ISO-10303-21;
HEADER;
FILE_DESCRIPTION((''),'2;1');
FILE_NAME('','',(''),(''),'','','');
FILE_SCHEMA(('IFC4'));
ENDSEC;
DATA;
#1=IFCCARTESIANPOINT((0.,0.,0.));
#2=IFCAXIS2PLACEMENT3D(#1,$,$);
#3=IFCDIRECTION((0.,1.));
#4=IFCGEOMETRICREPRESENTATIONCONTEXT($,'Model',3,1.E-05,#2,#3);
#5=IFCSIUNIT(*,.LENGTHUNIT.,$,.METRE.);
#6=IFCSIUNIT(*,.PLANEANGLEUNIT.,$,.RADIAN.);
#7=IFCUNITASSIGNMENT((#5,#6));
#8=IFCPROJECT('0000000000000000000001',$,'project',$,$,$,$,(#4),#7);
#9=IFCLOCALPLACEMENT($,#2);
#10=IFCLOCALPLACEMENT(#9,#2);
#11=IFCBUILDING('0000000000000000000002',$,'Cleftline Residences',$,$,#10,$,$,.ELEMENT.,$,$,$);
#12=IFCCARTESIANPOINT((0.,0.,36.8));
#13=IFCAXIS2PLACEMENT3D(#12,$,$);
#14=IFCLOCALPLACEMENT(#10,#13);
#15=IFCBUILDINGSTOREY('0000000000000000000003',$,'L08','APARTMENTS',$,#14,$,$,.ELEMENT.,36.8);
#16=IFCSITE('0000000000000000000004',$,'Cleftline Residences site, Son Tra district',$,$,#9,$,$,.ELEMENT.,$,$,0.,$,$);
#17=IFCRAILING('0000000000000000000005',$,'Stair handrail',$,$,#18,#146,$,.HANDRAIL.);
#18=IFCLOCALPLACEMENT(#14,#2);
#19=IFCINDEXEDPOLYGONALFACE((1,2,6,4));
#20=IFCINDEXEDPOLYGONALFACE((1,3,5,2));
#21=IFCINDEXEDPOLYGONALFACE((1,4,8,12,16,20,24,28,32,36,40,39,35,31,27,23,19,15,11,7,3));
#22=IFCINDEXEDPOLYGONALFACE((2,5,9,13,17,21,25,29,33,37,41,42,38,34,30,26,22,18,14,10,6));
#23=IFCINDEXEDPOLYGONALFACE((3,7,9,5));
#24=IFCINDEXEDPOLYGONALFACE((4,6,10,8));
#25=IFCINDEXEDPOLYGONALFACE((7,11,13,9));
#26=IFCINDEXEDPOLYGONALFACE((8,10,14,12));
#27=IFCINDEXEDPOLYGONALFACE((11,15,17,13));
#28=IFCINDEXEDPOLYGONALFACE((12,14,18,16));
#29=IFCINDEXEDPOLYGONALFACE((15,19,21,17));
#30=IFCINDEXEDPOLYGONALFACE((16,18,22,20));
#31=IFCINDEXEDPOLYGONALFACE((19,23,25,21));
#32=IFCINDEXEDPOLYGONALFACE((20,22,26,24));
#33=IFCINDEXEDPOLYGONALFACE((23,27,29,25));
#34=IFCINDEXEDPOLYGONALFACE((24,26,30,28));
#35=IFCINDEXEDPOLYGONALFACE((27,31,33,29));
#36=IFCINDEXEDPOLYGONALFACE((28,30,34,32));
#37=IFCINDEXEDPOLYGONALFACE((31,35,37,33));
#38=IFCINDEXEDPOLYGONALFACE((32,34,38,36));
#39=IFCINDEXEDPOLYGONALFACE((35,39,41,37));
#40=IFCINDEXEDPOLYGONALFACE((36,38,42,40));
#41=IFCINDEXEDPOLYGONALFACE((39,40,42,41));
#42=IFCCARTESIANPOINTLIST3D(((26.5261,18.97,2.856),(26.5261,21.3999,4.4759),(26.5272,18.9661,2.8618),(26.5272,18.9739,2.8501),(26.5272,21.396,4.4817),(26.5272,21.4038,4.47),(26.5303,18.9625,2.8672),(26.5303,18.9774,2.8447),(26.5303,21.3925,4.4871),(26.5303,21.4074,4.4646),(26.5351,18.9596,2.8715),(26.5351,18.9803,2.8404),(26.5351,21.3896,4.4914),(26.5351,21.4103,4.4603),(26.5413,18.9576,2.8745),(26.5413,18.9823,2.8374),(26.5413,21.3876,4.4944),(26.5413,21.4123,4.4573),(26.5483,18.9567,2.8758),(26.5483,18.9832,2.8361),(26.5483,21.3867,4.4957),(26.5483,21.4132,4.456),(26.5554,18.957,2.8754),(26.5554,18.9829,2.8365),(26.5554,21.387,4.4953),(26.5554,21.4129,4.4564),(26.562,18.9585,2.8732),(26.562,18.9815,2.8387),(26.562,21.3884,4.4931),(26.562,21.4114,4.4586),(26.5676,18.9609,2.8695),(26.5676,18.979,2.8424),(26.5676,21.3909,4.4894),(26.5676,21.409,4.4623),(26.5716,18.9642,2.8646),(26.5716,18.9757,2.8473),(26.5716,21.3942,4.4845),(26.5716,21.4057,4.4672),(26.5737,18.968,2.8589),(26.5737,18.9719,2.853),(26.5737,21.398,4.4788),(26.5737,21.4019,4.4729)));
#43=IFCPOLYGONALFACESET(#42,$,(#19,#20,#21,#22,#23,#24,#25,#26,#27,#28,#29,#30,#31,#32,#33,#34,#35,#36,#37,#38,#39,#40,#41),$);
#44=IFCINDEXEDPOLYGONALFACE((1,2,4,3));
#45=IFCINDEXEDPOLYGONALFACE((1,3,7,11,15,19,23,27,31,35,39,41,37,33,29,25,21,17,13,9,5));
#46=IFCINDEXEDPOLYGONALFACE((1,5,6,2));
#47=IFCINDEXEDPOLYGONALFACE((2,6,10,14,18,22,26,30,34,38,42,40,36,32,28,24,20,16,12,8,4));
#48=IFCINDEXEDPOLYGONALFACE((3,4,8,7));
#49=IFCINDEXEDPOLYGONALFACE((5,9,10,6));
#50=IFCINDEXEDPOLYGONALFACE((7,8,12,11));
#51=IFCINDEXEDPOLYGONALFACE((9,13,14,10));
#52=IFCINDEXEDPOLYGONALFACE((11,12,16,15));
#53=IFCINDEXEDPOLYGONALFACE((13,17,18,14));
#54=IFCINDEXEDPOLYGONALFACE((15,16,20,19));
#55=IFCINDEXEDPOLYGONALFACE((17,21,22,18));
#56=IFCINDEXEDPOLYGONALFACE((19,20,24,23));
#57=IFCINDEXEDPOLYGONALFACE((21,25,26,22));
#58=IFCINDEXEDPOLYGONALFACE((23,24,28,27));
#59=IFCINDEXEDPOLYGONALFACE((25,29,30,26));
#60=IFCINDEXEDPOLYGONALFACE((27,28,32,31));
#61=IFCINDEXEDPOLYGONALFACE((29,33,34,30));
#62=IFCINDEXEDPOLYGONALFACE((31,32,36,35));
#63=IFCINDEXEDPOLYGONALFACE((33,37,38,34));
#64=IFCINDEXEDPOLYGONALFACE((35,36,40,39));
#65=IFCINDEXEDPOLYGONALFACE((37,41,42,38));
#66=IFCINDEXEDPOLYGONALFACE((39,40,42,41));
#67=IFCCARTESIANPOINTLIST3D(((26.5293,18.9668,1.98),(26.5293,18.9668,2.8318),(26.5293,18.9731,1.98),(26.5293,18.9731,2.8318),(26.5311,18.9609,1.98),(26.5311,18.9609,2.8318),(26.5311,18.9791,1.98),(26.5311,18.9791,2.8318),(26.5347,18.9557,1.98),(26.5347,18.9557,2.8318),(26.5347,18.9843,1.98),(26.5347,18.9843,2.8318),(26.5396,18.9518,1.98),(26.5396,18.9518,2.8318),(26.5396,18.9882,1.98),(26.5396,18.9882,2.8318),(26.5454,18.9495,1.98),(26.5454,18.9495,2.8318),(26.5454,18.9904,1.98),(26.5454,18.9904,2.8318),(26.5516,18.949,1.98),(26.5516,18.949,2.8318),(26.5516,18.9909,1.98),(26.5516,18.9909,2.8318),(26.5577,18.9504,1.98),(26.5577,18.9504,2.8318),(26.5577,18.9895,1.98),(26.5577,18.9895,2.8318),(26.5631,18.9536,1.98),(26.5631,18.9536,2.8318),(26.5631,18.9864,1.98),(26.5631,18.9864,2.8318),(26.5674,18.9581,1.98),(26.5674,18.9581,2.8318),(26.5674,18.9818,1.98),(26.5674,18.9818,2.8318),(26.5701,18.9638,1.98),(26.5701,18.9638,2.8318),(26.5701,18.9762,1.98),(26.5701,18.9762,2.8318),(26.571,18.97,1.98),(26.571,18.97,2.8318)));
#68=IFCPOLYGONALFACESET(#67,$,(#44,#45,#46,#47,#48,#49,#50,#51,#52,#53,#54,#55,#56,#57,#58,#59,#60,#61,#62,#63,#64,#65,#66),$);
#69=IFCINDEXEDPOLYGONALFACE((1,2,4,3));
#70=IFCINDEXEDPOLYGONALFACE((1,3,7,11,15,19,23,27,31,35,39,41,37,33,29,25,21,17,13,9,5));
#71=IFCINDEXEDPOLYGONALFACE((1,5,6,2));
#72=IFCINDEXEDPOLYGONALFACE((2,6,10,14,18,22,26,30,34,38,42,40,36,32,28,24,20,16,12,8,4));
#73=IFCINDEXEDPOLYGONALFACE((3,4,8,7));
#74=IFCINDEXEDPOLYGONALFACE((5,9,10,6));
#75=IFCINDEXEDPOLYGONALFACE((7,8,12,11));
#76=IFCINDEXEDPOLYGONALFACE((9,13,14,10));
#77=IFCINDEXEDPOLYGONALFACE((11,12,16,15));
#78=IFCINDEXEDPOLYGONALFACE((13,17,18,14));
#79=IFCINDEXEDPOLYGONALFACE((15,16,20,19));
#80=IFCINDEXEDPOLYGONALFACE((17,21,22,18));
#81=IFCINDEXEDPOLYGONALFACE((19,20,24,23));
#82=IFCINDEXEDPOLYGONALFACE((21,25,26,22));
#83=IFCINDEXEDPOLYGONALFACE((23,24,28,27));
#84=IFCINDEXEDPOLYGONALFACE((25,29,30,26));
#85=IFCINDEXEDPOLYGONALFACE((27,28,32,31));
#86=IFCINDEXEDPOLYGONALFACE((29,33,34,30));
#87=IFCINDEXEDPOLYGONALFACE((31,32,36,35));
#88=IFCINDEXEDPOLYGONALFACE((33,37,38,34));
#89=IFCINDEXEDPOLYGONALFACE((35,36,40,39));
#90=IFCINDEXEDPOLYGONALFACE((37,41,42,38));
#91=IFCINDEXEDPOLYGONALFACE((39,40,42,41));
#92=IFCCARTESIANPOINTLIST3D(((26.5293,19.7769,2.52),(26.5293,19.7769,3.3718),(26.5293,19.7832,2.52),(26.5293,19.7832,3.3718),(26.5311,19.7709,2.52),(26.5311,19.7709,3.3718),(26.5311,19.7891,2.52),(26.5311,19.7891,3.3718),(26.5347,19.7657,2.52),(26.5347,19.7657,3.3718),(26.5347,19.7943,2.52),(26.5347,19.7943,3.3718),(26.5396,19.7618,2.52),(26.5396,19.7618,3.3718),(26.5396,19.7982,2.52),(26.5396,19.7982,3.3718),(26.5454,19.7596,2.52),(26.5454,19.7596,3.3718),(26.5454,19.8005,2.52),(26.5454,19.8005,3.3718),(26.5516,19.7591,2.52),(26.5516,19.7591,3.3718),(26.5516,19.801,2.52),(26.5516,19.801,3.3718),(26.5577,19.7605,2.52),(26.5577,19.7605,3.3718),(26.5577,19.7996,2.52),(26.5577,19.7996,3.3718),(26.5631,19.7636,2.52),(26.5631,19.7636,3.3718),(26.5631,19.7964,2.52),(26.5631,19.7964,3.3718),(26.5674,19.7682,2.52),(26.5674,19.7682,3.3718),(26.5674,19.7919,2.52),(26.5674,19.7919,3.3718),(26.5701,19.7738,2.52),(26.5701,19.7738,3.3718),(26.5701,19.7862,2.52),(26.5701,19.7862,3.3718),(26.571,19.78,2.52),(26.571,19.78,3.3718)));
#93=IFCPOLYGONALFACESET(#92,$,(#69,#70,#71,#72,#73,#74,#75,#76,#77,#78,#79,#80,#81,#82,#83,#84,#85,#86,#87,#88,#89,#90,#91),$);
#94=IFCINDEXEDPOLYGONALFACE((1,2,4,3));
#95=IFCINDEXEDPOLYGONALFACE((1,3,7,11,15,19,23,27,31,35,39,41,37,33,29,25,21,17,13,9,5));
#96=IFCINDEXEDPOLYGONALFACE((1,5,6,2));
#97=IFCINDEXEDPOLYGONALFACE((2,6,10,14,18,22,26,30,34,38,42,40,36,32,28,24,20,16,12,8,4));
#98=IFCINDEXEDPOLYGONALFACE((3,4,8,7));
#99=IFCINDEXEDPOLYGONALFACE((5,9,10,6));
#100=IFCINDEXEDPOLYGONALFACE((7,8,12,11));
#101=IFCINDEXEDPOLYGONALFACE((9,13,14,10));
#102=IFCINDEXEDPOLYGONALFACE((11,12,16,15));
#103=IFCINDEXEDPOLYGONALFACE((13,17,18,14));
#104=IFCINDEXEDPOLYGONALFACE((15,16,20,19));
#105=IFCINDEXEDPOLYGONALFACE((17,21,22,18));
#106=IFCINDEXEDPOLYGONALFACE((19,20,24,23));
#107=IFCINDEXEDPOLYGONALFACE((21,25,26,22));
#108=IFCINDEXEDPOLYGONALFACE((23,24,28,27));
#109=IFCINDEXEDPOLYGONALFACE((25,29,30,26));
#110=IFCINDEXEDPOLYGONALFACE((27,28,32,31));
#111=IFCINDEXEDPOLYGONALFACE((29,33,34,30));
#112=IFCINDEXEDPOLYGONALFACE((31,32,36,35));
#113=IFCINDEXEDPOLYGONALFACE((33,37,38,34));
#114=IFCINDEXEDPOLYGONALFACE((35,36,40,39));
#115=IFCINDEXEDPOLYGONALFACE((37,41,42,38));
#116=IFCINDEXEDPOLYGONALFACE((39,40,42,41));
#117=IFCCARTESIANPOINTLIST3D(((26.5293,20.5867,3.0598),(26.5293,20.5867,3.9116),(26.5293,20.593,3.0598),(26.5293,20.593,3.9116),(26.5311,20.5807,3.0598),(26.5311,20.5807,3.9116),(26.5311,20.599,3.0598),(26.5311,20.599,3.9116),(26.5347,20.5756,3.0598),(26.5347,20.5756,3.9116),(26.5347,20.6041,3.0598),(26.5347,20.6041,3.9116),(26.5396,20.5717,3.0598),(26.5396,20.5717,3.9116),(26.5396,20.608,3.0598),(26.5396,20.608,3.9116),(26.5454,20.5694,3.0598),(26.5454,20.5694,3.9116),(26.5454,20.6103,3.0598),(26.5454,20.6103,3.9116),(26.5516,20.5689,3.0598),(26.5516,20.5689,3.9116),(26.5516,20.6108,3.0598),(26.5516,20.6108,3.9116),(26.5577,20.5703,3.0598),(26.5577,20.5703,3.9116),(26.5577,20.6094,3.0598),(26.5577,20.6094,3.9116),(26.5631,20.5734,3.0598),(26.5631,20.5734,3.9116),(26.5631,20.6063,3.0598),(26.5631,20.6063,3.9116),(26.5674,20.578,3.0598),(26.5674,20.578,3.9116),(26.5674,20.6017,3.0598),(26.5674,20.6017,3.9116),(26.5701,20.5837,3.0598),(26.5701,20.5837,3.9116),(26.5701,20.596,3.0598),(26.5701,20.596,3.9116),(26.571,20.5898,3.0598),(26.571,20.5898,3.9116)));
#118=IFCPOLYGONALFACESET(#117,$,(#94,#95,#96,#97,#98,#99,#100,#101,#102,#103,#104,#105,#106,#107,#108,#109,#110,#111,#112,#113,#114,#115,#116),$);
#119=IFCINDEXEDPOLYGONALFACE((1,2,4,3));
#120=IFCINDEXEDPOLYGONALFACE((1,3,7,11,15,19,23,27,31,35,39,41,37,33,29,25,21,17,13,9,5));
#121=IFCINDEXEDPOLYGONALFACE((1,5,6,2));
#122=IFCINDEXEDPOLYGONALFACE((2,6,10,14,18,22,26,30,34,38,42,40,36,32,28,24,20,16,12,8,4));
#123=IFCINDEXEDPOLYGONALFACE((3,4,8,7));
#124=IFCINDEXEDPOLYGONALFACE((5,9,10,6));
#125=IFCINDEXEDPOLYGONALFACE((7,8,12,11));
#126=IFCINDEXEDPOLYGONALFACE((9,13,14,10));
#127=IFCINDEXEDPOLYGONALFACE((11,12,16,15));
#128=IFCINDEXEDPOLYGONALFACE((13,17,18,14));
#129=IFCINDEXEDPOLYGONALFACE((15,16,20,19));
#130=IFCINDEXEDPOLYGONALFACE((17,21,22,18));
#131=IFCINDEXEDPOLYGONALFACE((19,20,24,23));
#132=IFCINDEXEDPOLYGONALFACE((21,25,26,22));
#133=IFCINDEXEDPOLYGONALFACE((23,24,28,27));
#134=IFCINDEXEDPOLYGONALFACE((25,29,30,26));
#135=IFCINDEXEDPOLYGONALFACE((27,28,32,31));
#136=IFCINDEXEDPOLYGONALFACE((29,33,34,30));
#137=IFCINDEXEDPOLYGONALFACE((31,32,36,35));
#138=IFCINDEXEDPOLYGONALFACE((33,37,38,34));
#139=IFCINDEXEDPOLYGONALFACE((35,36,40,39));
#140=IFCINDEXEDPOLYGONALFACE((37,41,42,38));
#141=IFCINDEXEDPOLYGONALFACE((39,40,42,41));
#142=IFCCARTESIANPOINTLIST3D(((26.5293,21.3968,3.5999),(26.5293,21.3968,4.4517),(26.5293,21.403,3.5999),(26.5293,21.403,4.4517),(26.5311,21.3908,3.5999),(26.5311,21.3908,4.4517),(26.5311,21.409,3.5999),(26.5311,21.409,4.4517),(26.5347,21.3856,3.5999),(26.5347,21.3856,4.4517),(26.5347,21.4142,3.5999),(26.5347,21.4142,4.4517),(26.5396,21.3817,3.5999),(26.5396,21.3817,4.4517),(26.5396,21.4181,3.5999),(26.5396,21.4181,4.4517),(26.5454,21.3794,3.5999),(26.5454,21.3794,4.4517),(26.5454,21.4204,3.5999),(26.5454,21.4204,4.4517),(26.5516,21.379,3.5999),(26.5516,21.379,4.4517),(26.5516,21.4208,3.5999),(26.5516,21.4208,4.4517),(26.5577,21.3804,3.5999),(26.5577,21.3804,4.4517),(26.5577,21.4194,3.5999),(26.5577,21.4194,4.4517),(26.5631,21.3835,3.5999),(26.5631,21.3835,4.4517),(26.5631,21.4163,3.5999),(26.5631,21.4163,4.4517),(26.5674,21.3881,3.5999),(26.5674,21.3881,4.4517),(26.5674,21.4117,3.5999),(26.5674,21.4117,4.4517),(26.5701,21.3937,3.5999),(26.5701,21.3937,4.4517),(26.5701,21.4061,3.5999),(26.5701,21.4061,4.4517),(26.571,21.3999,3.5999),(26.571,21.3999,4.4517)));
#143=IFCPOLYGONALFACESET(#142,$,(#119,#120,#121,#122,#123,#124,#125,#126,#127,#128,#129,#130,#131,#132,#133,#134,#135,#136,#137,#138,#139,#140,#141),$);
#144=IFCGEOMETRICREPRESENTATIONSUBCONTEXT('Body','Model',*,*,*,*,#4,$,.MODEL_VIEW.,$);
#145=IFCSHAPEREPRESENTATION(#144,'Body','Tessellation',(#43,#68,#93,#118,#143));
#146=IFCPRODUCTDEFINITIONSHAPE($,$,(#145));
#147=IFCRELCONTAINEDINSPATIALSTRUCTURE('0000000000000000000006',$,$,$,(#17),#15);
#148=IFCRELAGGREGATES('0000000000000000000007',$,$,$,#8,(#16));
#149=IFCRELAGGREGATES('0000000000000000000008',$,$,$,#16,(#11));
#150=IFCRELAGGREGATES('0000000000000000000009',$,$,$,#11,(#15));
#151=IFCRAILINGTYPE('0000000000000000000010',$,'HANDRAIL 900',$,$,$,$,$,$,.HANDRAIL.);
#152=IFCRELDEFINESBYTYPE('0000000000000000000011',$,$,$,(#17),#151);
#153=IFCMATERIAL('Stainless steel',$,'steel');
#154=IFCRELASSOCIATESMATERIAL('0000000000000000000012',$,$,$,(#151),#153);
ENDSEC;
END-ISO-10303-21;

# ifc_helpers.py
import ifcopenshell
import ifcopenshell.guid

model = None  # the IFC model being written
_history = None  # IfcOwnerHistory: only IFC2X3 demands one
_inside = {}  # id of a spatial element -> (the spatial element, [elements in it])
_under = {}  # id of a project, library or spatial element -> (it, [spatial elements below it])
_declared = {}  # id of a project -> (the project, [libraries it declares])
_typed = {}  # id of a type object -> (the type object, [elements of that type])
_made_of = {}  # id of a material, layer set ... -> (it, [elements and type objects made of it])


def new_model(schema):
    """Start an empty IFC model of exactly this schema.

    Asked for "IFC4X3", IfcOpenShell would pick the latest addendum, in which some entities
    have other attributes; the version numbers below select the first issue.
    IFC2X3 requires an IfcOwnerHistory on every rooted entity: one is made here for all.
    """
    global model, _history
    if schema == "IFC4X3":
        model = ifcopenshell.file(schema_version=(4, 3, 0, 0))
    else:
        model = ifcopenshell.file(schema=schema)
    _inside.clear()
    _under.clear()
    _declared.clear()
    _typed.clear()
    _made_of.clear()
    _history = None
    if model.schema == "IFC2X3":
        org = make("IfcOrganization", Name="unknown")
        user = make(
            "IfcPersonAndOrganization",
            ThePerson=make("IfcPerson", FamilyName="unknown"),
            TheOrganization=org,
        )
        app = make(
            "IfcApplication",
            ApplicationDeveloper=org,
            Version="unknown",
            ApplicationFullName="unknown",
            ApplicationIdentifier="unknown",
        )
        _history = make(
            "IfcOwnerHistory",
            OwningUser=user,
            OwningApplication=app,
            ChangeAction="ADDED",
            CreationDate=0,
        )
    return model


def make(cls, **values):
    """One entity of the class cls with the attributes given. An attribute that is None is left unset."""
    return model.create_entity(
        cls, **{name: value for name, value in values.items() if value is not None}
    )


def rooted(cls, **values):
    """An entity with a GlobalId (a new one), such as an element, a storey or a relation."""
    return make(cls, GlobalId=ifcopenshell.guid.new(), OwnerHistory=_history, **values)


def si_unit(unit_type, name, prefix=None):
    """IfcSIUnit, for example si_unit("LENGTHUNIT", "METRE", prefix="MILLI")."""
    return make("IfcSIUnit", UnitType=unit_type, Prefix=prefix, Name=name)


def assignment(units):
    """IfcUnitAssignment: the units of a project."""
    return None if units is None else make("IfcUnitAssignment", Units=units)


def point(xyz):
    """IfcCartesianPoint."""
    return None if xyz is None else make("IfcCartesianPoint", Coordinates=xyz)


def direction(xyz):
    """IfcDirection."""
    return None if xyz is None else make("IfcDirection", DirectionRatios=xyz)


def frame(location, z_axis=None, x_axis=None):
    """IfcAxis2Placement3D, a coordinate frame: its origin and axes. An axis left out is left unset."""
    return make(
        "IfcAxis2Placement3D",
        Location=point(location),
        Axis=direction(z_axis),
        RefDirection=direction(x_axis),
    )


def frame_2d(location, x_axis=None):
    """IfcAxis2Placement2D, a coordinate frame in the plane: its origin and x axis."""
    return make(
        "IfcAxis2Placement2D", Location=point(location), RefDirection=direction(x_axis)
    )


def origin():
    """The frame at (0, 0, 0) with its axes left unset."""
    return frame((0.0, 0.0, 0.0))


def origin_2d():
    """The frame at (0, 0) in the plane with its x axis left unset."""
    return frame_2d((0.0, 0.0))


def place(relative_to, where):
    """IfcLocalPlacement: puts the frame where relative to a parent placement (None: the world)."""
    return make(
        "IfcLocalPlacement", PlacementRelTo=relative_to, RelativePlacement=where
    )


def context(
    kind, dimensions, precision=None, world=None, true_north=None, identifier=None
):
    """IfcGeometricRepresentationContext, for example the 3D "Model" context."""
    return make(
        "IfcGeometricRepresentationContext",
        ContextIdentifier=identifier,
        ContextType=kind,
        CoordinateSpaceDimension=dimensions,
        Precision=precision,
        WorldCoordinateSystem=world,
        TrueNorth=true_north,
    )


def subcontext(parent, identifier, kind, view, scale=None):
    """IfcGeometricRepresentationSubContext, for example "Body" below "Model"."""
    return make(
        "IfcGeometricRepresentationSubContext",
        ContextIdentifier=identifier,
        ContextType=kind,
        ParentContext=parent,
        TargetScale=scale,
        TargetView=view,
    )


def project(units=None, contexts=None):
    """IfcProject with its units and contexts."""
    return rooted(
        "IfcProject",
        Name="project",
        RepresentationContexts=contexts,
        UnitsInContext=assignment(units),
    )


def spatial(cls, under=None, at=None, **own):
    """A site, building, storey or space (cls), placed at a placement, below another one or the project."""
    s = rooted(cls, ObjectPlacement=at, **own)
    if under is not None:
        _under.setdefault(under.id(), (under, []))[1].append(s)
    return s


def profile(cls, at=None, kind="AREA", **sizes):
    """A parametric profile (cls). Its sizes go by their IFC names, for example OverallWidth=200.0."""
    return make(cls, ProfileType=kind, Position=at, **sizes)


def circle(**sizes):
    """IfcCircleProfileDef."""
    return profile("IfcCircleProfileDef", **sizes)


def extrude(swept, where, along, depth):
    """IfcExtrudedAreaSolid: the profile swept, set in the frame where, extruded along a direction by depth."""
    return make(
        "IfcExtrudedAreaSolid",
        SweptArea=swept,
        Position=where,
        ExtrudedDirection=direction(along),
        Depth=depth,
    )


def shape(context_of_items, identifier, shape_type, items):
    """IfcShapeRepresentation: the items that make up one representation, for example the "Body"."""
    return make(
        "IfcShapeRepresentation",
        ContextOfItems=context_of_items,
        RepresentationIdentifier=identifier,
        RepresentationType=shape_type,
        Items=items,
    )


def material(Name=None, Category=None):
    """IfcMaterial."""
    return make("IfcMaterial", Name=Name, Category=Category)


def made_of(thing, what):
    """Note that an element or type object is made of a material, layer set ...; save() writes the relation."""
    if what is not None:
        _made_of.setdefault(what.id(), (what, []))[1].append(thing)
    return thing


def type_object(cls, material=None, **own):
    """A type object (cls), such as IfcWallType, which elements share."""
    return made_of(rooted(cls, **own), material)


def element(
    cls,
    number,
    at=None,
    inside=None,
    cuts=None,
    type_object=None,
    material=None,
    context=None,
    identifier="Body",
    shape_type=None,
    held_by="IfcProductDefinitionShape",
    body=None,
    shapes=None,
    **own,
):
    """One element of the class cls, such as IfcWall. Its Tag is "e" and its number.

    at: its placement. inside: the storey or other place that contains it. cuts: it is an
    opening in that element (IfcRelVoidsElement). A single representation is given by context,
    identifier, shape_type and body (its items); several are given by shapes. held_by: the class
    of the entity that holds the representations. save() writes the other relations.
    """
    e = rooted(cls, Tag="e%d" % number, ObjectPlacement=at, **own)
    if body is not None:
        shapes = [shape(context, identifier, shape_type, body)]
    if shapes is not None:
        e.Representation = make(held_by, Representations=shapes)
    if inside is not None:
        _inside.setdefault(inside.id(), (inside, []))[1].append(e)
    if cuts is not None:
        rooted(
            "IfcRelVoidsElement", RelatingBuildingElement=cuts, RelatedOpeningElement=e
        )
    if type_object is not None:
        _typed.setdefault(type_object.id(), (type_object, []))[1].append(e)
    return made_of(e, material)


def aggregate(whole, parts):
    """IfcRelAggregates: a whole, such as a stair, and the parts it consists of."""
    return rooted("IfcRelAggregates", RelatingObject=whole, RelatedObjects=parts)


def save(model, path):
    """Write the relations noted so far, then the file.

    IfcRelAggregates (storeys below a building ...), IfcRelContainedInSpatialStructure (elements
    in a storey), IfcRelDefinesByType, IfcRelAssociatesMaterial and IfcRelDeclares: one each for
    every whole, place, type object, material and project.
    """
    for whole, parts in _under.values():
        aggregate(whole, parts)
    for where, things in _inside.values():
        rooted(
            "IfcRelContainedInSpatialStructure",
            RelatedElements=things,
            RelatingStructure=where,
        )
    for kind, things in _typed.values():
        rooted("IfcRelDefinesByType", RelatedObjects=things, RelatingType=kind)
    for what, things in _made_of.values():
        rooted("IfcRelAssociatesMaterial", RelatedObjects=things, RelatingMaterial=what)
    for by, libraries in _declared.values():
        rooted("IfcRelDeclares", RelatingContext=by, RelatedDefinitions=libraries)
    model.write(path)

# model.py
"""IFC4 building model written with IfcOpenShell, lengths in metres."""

from ifc_helpers import new_model, si_unit, direction, frame, origin, origin_2d, place, context, subcontext, project, spatial, circle, extrude, material, type_object, element, save


model = new_model("IFC4")

# Units and contexts
model_context = context("Model", 3, precision=1e-05, world=origin(), true_north=direction((0.0, 1.0)))
body_context = subcontext(model_context, "Body", "Model", "MODEL_VIEW")
ifc_project = project(units=[si_unit("LENGTHUNIT", "METRE"), si_unit("PLANEANGLEUNIT", "RADIAN")], contexts=[model_context])

# Site, building, storey
site_placement = place(None, origin())
site = spatial("IfcSite", under=ifc_project, at=site_placement, Name="Cleftline Residences site, Son Tra district", CompositionType="ELEMENT", RefElevation=0.0)
building_placement = place(site_placement, origin())
building = spatial("IfcBuilding", under=site, at=building_placement, Name="Cleftline Residences", CompositionType="ELEMENT")
storey_placement = place(building_placement, frame((0.0, 0.0, 36.8)))
storey = spatial("IfcBuildingStorey", under=building, at=storey_placement, Name="L08", Description="APARTMENTS", CompositionType="ELEMENT", Elevation=36.8)

# Railing
ifc_material_1 = material(Name="Stainless steel", Category="steel")
railing_type = type_object("IfcRailingType", Name="HANDRAIL 900", PredefinedType="HANDRAIL", material=ifc_material_1)
railing_1_placement = place(storey_placement, frame((26.55, 18.97, 1.98)))
element("IfcRailing", 1, at=railing_1_placement, inside=storey, type_object=railing_type, Name="Stair handrail", PredefinedType="HANDRAIL", context=body_context, shape_type="SweptSolid", body=[
    extrude(circle(Radius=0.0239, at=origin_2d()), frame((0.0, 0.0, 0.876), z_axis=(0.0, 0.832063, 0.554681), x_axis=(-1.0, 0.0, 0.0)), (0.0, 0.0, 1.0), 2.9204),
    extrude(circle(Radius=0.021, at=origin_2d()), origin(), (0.0, 0.0, 1.0), 0.8518),
    extrude(circle(Radius=0.021, at=origin_2d()), frame((0.0, 0.8101, 0.54)), (0.0, 0.0, 1.0), 0.8518),
    extrude(circle(Radius=0.021, at=origin_2d()), frame((0.0, 1.6199, 1.0798)), (0.0, 0.0, 1.0), 0.8518),
    extrude(circle(Radius=0.021, at=origin_2d()), frame((0.0, 2.4299, 1.6199)), (0.0, 0.0, 1.0), 0.8518),
])

save(model, "model.ifc")
